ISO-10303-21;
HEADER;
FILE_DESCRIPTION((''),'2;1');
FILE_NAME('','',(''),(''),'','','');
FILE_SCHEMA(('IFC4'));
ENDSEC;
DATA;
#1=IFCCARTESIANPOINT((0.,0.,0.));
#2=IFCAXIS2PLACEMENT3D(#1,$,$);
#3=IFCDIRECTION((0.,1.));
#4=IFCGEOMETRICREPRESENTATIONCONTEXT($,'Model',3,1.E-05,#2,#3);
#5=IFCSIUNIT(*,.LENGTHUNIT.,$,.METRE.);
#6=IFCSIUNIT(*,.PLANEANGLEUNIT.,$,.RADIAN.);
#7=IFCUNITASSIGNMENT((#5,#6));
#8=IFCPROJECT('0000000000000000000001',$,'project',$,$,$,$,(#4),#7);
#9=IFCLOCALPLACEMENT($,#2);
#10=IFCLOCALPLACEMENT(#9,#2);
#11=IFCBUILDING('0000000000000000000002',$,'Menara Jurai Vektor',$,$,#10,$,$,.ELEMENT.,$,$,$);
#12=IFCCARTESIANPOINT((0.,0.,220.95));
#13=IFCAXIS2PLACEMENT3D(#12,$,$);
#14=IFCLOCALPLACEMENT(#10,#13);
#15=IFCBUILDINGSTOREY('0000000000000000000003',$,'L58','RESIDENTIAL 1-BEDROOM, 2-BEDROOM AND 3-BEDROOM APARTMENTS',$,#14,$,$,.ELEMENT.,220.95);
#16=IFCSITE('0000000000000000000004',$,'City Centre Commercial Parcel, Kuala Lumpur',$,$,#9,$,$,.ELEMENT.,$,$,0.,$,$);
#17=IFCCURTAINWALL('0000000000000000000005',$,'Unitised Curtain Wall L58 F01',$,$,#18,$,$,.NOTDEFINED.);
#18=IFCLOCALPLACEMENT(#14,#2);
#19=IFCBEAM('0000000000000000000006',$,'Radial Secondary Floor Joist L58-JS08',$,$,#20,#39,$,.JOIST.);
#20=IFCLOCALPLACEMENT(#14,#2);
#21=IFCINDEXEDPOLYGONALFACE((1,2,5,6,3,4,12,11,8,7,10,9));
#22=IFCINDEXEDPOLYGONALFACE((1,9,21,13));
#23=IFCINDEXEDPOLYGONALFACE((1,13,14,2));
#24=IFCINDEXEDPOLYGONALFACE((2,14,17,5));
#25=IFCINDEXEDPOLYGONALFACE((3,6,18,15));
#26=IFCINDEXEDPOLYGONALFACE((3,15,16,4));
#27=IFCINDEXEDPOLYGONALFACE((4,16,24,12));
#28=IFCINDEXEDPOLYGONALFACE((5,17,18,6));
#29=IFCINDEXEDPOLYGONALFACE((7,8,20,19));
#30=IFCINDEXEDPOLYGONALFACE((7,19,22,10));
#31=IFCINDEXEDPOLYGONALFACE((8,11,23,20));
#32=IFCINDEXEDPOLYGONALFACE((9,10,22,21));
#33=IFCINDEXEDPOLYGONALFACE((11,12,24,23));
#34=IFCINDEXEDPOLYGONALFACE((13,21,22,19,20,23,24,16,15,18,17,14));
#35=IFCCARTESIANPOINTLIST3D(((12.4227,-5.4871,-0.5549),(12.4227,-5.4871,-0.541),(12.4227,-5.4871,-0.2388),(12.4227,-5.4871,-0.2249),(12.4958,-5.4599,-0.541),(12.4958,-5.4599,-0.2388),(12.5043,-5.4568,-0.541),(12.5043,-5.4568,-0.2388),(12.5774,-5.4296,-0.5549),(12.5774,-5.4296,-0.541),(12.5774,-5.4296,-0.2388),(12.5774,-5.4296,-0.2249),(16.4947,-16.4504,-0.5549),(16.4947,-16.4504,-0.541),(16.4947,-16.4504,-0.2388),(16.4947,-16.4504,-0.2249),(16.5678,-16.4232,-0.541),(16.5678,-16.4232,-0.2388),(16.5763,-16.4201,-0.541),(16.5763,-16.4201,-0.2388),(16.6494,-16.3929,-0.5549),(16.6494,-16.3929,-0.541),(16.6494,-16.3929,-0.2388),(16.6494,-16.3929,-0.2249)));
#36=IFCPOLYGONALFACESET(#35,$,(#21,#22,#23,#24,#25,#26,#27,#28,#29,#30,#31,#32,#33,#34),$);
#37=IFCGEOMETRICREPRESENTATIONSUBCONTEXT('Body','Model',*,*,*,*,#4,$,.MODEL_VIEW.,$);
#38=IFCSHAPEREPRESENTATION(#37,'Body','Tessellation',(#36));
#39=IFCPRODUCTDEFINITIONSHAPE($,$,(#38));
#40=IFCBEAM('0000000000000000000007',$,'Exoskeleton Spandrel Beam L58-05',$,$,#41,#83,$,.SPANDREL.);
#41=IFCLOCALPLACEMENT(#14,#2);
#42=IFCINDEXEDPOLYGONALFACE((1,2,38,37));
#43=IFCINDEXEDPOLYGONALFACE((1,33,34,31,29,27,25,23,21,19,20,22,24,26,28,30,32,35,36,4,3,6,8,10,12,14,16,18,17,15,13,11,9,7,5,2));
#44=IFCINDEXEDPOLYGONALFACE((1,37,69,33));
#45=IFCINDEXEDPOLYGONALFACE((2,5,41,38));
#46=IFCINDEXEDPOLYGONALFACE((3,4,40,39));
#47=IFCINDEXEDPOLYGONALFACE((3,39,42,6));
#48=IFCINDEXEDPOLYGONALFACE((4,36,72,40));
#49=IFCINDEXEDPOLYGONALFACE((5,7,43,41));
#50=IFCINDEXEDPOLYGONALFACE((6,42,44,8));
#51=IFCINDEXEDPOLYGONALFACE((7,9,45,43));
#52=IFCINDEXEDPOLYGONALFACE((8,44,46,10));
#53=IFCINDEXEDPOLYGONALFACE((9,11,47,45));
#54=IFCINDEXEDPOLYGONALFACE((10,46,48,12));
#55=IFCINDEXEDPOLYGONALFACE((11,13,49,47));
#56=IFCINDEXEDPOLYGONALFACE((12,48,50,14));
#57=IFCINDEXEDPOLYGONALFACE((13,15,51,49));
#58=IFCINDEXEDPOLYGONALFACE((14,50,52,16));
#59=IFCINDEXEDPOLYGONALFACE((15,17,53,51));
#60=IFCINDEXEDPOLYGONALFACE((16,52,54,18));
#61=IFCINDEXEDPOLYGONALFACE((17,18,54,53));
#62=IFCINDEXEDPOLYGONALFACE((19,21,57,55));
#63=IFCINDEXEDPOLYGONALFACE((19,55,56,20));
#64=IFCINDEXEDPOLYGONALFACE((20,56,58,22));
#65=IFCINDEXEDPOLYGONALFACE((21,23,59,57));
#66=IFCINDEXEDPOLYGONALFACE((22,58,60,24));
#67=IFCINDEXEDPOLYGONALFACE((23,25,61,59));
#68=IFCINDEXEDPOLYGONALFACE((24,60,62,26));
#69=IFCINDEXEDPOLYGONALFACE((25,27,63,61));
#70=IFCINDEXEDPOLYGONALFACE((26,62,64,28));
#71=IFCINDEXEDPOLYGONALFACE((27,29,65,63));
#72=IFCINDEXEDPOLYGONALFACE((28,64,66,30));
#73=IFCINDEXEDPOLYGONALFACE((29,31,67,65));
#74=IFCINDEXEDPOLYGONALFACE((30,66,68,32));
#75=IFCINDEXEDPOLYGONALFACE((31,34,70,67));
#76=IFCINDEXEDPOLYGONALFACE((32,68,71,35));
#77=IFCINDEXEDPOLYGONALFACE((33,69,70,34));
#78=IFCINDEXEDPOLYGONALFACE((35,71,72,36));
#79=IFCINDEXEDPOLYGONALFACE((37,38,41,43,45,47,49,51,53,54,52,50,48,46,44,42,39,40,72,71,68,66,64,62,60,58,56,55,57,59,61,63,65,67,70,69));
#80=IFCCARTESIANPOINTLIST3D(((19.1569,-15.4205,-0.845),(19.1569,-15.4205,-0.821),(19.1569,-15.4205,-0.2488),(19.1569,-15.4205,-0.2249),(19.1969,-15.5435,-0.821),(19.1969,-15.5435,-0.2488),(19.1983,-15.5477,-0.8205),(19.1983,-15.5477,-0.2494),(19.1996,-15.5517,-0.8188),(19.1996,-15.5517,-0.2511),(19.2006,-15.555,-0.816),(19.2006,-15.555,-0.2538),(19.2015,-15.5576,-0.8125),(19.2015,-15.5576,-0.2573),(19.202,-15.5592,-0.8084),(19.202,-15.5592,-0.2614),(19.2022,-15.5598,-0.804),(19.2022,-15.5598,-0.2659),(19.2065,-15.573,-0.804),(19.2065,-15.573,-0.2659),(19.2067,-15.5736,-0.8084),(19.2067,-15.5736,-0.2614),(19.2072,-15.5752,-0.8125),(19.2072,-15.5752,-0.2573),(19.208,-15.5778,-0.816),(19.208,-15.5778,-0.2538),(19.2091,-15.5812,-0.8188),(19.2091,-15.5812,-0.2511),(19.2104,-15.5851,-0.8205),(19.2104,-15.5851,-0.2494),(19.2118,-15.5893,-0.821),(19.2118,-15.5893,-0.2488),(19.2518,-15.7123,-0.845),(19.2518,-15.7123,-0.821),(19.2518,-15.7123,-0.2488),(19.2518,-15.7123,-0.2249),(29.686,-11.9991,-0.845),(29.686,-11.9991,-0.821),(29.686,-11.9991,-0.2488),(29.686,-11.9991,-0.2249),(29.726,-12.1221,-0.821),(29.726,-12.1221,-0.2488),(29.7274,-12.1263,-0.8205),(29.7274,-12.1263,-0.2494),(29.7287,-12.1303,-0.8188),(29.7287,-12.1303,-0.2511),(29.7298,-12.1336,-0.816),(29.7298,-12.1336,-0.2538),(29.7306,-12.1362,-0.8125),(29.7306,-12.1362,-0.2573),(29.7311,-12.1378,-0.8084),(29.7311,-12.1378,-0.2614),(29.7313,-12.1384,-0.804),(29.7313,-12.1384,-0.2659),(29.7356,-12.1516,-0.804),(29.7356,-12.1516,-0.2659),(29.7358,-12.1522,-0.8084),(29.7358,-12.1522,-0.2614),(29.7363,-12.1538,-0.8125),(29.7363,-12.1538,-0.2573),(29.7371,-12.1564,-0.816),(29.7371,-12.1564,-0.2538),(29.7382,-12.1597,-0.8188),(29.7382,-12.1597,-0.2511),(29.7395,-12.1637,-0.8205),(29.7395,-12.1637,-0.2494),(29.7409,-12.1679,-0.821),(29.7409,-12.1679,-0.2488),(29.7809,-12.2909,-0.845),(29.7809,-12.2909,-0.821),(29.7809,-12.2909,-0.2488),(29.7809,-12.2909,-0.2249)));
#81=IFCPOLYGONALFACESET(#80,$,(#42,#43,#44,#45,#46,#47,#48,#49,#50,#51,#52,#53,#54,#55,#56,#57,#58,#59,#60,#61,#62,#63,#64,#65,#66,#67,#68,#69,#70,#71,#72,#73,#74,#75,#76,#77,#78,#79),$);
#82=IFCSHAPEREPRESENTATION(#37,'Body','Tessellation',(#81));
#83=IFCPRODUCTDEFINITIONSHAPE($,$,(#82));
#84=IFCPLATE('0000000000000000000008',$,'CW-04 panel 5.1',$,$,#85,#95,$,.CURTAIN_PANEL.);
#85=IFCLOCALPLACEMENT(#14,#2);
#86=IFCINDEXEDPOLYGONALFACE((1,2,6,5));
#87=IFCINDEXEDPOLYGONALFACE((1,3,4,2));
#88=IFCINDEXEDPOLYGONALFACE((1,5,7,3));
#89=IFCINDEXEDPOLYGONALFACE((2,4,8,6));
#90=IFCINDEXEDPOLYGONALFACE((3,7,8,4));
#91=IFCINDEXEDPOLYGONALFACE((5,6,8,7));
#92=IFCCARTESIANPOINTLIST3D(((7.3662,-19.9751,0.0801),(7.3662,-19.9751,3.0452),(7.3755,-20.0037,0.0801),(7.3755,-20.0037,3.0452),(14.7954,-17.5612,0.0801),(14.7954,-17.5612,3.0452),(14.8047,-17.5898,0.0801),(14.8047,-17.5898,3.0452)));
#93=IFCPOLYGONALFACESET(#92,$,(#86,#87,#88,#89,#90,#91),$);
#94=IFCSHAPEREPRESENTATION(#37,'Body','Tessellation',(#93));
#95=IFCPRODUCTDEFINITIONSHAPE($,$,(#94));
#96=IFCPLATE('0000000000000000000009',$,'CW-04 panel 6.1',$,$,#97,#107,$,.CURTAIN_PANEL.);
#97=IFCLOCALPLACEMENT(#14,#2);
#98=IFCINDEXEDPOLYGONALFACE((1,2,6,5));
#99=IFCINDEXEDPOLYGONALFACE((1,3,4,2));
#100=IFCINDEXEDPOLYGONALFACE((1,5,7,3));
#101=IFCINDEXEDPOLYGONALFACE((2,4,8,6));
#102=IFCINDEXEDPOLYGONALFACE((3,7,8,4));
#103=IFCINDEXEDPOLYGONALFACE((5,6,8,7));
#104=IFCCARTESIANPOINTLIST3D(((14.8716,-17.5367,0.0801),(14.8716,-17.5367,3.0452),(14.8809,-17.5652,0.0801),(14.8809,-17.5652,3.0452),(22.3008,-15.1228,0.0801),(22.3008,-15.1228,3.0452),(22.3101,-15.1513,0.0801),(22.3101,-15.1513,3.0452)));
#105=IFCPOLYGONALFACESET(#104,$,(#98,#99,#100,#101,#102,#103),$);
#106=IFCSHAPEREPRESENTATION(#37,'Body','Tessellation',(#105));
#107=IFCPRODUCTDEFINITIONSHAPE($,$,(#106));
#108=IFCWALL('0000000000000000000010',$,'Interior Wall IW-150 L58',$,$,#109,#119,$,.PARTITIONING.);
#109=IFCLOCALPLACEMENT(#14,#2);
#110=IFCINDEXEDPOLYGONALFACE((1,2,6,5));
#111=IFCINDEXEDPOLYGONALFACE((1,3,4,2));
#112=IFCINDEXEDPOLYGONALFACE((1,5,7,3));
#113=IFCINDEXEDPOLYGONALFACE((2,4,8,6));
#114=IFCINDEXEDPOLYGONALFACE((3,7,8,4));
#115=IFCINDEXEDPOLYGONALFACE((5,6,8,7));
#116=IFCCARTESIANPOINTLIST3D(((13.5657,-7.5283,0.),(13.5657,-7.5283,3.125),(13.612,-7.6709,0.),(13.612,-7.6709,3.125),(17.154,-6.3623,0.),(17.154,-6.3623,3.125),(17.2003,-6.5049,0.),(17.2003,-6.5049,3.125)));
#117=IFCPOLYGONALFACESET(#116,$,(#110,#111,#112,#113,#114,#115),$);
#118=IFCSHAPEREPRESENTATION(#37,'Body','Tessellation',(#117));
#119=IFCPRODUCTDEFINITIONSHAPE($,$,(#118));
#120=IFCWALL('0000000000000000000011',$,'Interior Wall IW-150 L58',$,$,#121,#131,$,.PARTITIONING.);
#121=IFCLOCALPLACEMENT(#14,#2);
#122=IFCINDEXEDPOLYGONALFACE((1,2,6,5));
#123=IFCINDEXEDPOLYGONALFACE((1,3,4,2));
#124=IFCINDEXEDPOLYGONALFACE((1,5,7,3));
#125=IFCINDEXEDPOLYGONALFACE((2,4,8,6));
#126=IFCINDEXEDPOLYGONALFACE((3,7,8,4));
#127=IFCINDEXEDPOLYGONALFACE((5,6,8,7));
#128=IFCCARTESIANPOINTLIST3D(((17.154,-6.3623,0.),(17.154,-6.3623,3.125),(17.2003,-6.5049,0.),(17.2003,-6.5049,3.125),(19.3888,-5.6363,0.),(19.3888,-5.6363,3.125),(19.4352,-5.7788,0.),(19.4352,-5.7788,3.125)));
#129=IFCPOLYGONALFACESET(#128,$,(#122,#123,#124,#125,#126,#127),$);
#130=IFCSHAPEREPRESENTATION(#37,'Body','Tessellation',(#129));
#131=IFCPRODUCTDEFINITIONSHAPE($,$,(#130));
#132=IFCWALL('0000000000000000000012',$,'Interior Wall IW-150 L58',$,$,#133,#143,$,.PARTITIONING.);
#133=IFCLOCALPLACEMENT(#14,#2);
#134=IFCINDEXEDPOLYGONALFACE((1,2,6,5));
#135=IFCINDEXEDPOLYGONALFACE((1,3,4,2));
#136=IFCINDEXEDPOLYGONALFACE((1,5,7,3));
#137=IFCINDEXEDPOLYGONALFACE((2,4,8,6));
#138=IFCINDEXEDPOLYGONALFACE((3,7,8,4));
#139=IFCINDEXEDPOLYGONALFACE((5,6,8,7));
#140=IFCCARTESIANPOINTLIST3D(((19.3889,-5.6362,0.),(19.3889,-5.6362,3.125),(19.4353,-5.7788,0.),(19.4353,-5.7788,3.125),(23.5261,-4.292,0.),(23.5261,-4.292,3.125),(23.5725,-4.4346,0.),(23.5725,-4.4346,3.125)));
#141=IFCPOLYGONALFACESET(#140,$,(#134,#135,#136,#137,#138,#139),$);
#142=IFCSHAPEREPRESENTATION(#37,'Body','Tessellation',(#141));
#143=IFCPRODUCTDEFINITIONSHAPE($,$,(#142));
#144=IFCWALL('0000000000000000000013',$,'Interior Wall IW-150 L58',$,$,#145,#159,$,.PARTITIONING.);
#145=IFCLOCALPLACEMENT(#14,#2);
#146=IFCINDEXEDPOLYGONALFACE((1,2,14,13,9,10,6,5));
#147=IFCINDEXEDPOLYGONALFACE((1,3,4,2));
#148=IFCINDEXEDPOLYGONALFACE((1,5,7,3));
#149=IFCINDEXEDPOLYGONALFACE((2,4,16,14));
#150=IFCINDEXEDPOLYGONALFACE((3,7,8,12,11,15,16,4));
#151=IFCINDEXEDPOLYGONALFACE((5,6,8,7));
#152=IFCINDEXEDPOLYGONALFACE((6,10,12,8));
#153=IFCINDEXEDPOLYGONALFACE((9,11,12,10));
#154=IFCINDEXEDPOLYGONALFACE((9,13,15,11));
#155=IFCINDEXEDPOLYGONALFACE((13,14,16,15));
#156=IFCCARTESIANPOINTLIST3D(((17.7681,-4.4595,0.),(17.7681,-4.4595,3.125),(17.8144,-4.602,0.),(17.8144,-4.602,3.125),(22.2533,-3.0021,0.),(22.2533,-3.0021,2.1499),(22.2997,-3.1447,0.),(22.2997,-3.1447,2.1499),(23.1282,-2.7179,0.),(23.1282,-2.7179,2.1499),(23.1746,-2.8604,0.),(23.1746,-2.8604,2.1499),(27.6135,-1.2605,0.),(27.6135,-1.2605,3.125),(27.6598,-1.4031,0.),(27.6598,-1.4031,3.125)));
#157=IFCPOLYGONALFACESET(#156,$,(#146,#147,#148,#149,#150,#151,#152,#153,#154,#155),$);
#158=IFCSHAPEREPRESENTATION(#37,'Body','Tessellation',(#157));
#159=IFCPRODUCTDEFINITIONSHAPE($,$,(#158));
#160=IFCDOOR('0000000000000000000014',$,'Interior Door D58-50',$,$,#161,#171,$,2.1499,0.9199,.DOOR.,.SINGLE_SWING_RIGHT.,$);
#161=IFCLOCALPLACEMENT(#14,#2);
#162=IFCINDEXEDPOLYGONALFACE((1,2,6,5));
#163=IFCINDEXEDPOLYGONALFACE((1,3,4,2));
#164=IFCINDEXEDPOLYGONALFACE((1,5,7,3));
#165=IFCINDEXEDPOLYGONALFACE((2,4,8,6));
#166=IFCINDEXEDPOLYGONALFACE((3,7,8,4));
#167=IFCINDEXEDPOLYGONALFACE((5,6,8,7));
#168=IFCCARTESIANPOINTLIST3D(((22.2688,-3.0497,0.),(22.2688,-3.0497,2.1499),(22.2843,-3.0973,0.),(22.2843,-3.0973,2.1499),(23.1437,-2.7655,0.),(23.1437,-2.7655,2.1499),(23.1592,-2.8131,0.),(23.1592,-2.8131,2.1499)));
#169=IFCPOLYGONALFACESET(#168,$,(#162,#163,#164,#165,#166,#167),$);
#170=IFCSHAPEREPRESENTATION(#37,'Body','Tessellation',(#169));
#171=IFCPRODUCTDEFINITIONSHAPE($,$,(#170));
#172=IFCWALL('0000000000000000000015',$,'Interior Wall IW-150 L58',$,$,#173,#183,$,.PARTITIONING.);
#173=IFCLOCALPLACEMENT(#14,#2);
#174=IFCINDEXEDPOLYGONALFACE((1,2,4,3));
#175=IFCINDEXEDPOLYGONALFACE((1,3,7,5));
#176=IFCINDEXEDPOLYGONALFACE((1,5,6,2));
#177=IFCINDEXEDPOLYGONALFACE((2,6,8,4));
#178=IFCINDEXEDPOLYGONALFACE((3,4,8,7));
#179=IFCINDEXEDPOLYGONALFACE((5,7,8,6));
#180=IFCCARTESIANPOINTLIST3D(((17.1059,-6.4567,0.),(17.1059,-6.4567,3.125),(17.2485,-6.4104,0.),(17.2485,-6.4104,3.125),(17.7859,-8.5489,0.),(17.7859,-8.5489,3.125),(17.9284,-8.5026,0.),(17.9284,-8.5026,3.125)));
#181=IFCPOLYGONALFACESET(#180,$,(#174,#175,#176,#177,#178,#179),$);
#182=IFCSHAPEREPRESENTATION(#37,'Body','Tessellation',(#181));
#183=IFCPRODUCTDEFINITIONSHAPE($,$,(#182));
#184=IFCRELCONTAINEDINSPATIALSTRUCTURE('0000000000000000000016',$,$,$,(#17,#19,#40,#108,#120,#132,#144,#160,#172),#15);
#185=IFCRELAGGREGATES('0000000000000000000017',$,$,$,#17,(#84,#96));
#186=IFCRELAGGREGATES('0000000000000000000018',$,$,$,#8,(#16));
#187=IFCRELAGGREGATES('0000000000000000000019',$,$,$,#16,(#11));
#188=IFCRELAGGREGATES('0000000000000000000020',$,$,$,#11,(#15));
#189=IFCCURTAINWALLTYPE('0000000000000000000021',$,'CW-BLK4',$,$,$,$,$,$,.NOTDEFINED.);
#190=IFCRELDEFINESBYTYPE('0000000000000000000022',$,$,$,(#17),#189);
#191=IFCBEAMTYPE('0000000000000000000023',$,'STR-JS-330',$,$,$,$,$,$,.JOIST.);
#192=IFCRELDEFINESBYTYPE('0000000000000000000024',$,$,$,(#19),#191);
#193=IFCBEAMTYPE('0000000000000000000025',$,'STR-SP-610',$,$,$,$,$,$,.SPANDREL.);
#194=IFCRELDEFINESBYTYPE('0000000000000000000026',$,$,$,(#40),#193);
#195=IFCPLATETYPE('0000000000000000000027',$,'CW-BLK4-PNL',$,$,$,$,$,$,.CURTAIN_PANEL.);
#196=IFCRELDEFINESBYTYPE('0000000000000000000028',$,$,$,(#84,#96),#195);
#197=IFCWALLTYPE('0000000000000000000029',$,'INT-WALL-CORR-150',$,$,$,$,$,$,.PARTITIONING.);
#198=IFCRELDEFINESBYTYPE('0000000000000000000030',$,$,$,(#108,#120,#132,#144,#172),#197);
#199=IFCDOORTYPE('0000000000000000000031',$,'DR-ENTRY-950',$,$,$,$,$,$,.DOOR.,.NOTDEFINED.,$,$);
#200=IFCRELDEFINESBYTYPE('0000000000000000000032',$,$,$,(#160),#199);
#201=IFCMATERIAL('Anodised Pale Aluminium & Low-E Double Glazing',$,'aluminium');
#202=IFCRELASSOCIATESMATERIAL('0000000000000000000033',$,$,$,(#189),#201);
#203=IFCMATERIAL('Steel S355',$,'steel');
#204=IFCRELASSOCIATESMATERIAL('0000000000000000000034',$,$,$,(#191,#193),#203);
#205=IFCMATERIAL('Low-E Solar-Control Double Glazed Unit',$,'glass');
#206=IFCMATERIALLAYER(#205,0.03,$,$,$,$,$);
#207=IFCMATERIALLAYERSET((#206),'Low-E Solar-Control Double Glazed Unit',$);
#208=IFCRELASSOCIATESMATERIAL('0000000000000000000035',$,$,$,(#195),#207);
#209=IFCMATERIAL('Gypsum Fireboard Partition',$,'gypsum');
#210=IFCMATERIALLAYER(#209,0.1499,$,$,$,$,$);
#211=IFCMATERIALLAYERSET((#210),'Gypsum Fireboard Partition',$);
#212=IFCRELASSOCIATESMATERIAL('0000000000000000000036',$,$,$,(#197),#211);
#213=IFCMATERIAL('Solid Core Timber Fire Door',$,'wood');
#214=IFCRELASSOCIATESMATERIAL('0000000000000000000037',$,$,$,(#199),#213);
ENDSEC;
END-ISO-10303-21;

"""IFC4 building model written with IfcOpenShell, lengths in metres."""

from ifc_helpers import new_model, si_unit, direction, frame, frame_2d, origin, origin_2d, place, context, subcontext, project, spatial, rectangle, i_section, extrude, material, layer, layer_set, material_profile, profile_set, type_object, element, fill, aggregate, save


model = new_model("IFC4")

# Units and contexts
model_context = context("Model", 3, precision=1e-05, world=origin(), true_north=direction((0.0, 1.0)))
body_context = subcontext(model_context, "Body", "Model", "MODEL_VIEW")
ifc_project = project(units=[si_unit("LENGTHUNIT", "METRE"), si_unit("PLANEANGLEUNIT", "RADIAN")], contexts=[model_context])

# Site, building, storey
site_placement = place(None, origin())
site = spatial("IfcSite", under=ifc_project, at=site_placement, Name="City Centre Commercial Parcel, Kuala Lumpur", CompositionType="ELEMENT", RefElevation=0.0)
building_placement = place(site_placement, origin())
building = spatial("IfcBuilding", under=site, at=building_placement, Name="Menara Jurai Vektor", CompositionType="ELEMENT")
storey_placement = place(building_placement, frame((0.0, 0.0, 220.95)))
storey = spatial("IfcBuildingStorey", under=building, at=storey_placement, Name="L58", Description="RESIDENTIAL 1-BEDROOM, 2-BEDROOM AND 3-BEDROOM APARTMENTS", CompositionType="ELEMENT", Elevation=220.95)

# Curtain wall
ifc_material_1 = material(Name="Anodised Pale Aluminium & Low-E Double Glazing", Category="aluminium")
curtain_wall_type = type_object("IfcCurtainWallType", Name="CW-BLK4", PredefinedType="NOTDEFINED", material=ifc_material_1)
curtain_wall_placement = place(storey_placement, origin())
curtain_wall = element("IfcCurtainWall", 1, at=curtain_wall_placement, inside=storey, type_object=curtain_wall_type, Name="Unitised Curtain Wall L58 F01", PredefinedType="NOTDEFINED")

# Beams
ifc_material_2 = material(Name="Steel S355", Category="steel")
ifc_material_profile_1 = material_profile(ifc_material_2, i_section(OverallWidth=0.165, OverallDepth=0.3301, WebThickness=0.009, FlangeThickness=0.0139, at=origin_2d()), Name="PG 330x165x46")
ifc_profile_set_1 = profile_set([ifc_material_profile_1], Name="Steel S355")
beam_type_1 = type_object("IfcBeamType", Name="STR-JS-330", PredefinedType="JOIST", material=ifc_profile_set_1)
beam_1_placement = place(storey_placement, frame((16.572, -16.4216, -0.3899), z_axis=(-0.34818, 0.937428, 0.0), x_axis=(-0.937428, -0.34818, 0.0)))
element("IfcBeam", 2, at=beam_1_placement, inside=storey, type_object=beam_type_1, Name="Radial Secondary Floor Joist L58-JS08", PredefinedType="JOIST", context=body_context, shape_type="SweptSolid", body=[
    extrude(i_section(OverallWidth=0.165, OverallDepth=0.3301, WebThickness=0.009, FlangeThickness=0.0139, at=origin_2d()), origin(), (0.0, 0.0, 1.0), 11.6951),
])
ifc_material_profile_2 = material_profile(ifc_material_2, i_section(OverallWidth=0.3069, OverallDepth=0.6201, WebThickness=0.0139, FlangeThickness=0.0239, FilletRadius=0.0171, at=origin_2d()), Name="UKB 610x305x179")
ifc_profile_set_2 = profile_set([ifc_material_profile_2], Name="Steel S355")
beam_type_2 = type_object("IfcBeamType", Name="STR-SP-610", PredefinedType="SPANDREL", material=ifc_profile_set_2)
beam_2_placement = place(storey_placement, frame((19.2043, -15.5664, -0.5349), z_axis=(0.951049, 0.309041, 0.0), x_axis=(-0.309041, 0.951049, 0.0)))
element("IfcBeam", 3, at=beam_2_placement, inside=storey, type_object=beam_type_2, Name="Exoskeleton Spandrel Beam L58-05", PredefinedType="SPANDREL", context=body_context, shape_type="SweptSolid", body=[
    extrude(i_section(OverallWidth=0.3069, OverallDepth=0.6201, WebThickness=0.0139, FlangeThickness=0.0239, FilletRadius=0.0171, at=origin_2d()), origin(), (0.0, 0.0, 1.0), 11.071),
])

# Plates
ifc_material_3 = material(Name="Low-E Solar-Control Double Glazed Unit", Category="glass")
ifc_layer_1 = layer(ifc_material_3, 0.03)
ifc_layer_set_1 = layer_set([ifc_layer_1], Name="Low-E Solar-Control Double Glazed Unit")
plate_type = type_object("IfcPlateType", Name="CW-BLK4-PNL", PredefinedType="CURTAIN_PANEL", material=ifc_layer_set_1)
plate_1_placement = place(storey_placement, frame((11.0854, -18.7825, 0.0801), z_axis=(0.0, 0.0, 1.0), x_axis=(0.951056, 0.309017, 0.0)))
plate_1 = element("IfcPlate", 4, at=plate_1_placement, type_object=plate_type, Name="CW-04 panel 5.1", PredefinedType="CURTAIN_PANEL", context=body_context, shape_type="SweptSolid", body=[
    extrude(rectangle(XDim=7.8115, YDim=0.03, at=origin_2d()), origin(), (0.0, 0.0, 1.0), 2.9651),
])
plate_2_placement = place(storey_placement, frame((18.5908, -16.344, 0.0801), z_axis=(0.0, 0.0, 1.0), x_axis=(0.951056, 0.309017, 0.0)))
plate_2 = element("IfcPlate", 5, at=plate_2_placement, type_object=plate_type, Name="CW-04 panel 6.1", PredefinedType="CURTAIN_PANEL", context=body_context, shape_type="SweptSolid", body=[
    extrude(rectangle(XDim=7.8115, YDim=0.03, at=origin_2d()), origin(), (0.0, 0.0, 1.0), 2.9651),
])
aggregate(curtain_wall, [plate_1, plate_2])

# Walls
ifc_material_4 = material(Name="Gypsum Fireboard Partition", Category="gypsum")
ifc_layer_2 = layer(ifc_material_4, 0.1499)
ifc_layer_set_2 = layer_set([ifc_layer_2], Name="Gypsum Fireboard Partition")
wall_type_1 = type_object("IfcWallType", Name="INT-WALL-CORR-150", PredefinedType="PARTITIONING", material=ifc_layer_set_2)
wall_1_placement = place(storey_placement, frame((13.5889, -7.5996, 0.0), z_axis=(0.0, 0.0, 1.0), x_axis=(0.95105, 0.309036, 0.0)))
element("IfcWall", 6, at=wall_1_placement, inside=storey, type_object=wall_type_1, Name="Interior Wall IW-150 L58", PredefinedType="PARTITIONING", context=body_context, shape_type="SweptSolid", body=[
    extrude(rectangle(XDim=3.7729, YDim=0.1499, at=frame_2d((1.8865, 0.0))), origin(), (0.0, 0.0, 1.0), 3.125),
])
wall_2_placement = place(storey_placement, frame((17.1772, -6.4336, 0.0), z_axis=(0.0, 0.0, 1.0), x_axis=(0.951066, 0.308987, 0.0)))
element("IfcWall", 7, at=wall_2_placement, inside=storey, type_object=wall_type_1, Name="Interior Wall IW-150 L58", PredefinedType="PARTITIONING", context=body_context, shape_type="SweptSolid", body=[
    extrude(rectangle(XDim=2.3499, YDim=0.1499, at=frame_2d((1.1748, 0.0))), origin(), (0.0, 0.0, 1.0), 3.125),
])
wall_3_placement = place(storey_placement, frame((19.4121, -5.7075, 0.0), z_axis=(0.0, 0.0, 1.0), x_axis=(0.951058, 0.309012, 0.0)))
element("IfcWall", 8, at=wall_3_placement, inside=storey, type_object=wall_type_1, Name="Interior Wall IW-150 L58", PredefinedType="PARTITIONING", context=body_context, shape_type="SweptSolid", body=[
    extrude(rectangle(XDim=4.3501, YDim=0.1499, at=frame_2d((2.175, 0.0))), origin(), (0.0, 0.0, 1.0), 3.125),
])

# Wall, opening, door
ifc_material_5 = material(Name="Solid Core Timber Fire Door", Category="wood")
door_type_1 = type_object("IfcDoorType", Name="DR-ENTRY-950", OperationType="NOTDEFINED", PredefinedType="DOOR", material=ifc_material_5)
wall_4_placement = place(storey_placement, frame((17.7913, -4.5308, 0.0), z_axis=(0.0, 0.0, 1.0), x_axis=(0.951057, 0.309016, 0.0)))
wall_4 = element("IfcWall", 9, at=wall_4_placement, inside=storey, type_object=wall_type_1, Name="Interior Wall IW-150 L58", PredefinedType="PARTITIONING", context=body_context, shape_type="SweptSolid", body=[
    extrude(rectangle(XDim=10.3521, YDim=0.1499, at=frame_2d((5.176, 0.0))), origin(), (0.0, 0.0, 1.0), 3.125),
])
opening_1_placement = place(wall_4_placement, frame((4.7161, 0.0, 0.0)))
opening_1 = element("IfcOpeningElement", 10, at=opening_1_placement, cuts=wall_4, PredefinedType="OPENING", context=body_context, shape_type="SweptSolid", body=[
    extrude(rectangle(XDim=0.9199, YDim=2.1499, at=frame_2d((0.46, 1.075))), frame((0.0, 0.085, 0.0), z_axis=(0.0, -1.0, 0.0), x_axis=(1.0, 0.0, 0.0)), (0.0, 0.0, 1.0), 0.1699),
])
door_1_placement = place(opening_1_placement, origin())
door_1 = element("IfcDoor", 11, at=door_1_placement, inside=storey, type_object=door_type_1, Name="Interior Door D58-50", OperationType="SINGLE_SWING_RIGHT", OverallHeight=2.1499, OverallWidth=0.9199, PredefinedType="DOOR", context=body_context, shape_type="SweptSolid", body=[
    extrude(rectangle(XDim=0.9199, YDim=2.1499, at=frame_2d((0.46, 1.075))), frame((0.0, 0.0249, 0.0), z_axis=(0.0, -1.0, 0.0), x_axis=(1.0, 0.0, 0.0)), (0.0, 0.0, 1.0), 0.05),
])
fill(opening_1, door_1)

# Wall
wall_5_placement = place(storey_placement, frame((17.8572, -8.5259, 0.0), z_axis=(0.0, 0.0, 1.0), x_axis=(-0.309061, 0.951042, 0.0)))
element("IfcWall", 12, at=wall_5_placement, inside=storey, type_object=wall_type_1, Name="Interior Wall IW-150 L58", PredefinedType="PARTITIONING", context=body_context, shape_type="SweptSolid", body=[
    extrude(rectangle(XDim=2.2, YDim=0.1499, at=frame_2d((1.1001, 0.0))), origin(), (0.0, 0.0, 1.0), 3.125),
])

save(model, "model.ifc")
